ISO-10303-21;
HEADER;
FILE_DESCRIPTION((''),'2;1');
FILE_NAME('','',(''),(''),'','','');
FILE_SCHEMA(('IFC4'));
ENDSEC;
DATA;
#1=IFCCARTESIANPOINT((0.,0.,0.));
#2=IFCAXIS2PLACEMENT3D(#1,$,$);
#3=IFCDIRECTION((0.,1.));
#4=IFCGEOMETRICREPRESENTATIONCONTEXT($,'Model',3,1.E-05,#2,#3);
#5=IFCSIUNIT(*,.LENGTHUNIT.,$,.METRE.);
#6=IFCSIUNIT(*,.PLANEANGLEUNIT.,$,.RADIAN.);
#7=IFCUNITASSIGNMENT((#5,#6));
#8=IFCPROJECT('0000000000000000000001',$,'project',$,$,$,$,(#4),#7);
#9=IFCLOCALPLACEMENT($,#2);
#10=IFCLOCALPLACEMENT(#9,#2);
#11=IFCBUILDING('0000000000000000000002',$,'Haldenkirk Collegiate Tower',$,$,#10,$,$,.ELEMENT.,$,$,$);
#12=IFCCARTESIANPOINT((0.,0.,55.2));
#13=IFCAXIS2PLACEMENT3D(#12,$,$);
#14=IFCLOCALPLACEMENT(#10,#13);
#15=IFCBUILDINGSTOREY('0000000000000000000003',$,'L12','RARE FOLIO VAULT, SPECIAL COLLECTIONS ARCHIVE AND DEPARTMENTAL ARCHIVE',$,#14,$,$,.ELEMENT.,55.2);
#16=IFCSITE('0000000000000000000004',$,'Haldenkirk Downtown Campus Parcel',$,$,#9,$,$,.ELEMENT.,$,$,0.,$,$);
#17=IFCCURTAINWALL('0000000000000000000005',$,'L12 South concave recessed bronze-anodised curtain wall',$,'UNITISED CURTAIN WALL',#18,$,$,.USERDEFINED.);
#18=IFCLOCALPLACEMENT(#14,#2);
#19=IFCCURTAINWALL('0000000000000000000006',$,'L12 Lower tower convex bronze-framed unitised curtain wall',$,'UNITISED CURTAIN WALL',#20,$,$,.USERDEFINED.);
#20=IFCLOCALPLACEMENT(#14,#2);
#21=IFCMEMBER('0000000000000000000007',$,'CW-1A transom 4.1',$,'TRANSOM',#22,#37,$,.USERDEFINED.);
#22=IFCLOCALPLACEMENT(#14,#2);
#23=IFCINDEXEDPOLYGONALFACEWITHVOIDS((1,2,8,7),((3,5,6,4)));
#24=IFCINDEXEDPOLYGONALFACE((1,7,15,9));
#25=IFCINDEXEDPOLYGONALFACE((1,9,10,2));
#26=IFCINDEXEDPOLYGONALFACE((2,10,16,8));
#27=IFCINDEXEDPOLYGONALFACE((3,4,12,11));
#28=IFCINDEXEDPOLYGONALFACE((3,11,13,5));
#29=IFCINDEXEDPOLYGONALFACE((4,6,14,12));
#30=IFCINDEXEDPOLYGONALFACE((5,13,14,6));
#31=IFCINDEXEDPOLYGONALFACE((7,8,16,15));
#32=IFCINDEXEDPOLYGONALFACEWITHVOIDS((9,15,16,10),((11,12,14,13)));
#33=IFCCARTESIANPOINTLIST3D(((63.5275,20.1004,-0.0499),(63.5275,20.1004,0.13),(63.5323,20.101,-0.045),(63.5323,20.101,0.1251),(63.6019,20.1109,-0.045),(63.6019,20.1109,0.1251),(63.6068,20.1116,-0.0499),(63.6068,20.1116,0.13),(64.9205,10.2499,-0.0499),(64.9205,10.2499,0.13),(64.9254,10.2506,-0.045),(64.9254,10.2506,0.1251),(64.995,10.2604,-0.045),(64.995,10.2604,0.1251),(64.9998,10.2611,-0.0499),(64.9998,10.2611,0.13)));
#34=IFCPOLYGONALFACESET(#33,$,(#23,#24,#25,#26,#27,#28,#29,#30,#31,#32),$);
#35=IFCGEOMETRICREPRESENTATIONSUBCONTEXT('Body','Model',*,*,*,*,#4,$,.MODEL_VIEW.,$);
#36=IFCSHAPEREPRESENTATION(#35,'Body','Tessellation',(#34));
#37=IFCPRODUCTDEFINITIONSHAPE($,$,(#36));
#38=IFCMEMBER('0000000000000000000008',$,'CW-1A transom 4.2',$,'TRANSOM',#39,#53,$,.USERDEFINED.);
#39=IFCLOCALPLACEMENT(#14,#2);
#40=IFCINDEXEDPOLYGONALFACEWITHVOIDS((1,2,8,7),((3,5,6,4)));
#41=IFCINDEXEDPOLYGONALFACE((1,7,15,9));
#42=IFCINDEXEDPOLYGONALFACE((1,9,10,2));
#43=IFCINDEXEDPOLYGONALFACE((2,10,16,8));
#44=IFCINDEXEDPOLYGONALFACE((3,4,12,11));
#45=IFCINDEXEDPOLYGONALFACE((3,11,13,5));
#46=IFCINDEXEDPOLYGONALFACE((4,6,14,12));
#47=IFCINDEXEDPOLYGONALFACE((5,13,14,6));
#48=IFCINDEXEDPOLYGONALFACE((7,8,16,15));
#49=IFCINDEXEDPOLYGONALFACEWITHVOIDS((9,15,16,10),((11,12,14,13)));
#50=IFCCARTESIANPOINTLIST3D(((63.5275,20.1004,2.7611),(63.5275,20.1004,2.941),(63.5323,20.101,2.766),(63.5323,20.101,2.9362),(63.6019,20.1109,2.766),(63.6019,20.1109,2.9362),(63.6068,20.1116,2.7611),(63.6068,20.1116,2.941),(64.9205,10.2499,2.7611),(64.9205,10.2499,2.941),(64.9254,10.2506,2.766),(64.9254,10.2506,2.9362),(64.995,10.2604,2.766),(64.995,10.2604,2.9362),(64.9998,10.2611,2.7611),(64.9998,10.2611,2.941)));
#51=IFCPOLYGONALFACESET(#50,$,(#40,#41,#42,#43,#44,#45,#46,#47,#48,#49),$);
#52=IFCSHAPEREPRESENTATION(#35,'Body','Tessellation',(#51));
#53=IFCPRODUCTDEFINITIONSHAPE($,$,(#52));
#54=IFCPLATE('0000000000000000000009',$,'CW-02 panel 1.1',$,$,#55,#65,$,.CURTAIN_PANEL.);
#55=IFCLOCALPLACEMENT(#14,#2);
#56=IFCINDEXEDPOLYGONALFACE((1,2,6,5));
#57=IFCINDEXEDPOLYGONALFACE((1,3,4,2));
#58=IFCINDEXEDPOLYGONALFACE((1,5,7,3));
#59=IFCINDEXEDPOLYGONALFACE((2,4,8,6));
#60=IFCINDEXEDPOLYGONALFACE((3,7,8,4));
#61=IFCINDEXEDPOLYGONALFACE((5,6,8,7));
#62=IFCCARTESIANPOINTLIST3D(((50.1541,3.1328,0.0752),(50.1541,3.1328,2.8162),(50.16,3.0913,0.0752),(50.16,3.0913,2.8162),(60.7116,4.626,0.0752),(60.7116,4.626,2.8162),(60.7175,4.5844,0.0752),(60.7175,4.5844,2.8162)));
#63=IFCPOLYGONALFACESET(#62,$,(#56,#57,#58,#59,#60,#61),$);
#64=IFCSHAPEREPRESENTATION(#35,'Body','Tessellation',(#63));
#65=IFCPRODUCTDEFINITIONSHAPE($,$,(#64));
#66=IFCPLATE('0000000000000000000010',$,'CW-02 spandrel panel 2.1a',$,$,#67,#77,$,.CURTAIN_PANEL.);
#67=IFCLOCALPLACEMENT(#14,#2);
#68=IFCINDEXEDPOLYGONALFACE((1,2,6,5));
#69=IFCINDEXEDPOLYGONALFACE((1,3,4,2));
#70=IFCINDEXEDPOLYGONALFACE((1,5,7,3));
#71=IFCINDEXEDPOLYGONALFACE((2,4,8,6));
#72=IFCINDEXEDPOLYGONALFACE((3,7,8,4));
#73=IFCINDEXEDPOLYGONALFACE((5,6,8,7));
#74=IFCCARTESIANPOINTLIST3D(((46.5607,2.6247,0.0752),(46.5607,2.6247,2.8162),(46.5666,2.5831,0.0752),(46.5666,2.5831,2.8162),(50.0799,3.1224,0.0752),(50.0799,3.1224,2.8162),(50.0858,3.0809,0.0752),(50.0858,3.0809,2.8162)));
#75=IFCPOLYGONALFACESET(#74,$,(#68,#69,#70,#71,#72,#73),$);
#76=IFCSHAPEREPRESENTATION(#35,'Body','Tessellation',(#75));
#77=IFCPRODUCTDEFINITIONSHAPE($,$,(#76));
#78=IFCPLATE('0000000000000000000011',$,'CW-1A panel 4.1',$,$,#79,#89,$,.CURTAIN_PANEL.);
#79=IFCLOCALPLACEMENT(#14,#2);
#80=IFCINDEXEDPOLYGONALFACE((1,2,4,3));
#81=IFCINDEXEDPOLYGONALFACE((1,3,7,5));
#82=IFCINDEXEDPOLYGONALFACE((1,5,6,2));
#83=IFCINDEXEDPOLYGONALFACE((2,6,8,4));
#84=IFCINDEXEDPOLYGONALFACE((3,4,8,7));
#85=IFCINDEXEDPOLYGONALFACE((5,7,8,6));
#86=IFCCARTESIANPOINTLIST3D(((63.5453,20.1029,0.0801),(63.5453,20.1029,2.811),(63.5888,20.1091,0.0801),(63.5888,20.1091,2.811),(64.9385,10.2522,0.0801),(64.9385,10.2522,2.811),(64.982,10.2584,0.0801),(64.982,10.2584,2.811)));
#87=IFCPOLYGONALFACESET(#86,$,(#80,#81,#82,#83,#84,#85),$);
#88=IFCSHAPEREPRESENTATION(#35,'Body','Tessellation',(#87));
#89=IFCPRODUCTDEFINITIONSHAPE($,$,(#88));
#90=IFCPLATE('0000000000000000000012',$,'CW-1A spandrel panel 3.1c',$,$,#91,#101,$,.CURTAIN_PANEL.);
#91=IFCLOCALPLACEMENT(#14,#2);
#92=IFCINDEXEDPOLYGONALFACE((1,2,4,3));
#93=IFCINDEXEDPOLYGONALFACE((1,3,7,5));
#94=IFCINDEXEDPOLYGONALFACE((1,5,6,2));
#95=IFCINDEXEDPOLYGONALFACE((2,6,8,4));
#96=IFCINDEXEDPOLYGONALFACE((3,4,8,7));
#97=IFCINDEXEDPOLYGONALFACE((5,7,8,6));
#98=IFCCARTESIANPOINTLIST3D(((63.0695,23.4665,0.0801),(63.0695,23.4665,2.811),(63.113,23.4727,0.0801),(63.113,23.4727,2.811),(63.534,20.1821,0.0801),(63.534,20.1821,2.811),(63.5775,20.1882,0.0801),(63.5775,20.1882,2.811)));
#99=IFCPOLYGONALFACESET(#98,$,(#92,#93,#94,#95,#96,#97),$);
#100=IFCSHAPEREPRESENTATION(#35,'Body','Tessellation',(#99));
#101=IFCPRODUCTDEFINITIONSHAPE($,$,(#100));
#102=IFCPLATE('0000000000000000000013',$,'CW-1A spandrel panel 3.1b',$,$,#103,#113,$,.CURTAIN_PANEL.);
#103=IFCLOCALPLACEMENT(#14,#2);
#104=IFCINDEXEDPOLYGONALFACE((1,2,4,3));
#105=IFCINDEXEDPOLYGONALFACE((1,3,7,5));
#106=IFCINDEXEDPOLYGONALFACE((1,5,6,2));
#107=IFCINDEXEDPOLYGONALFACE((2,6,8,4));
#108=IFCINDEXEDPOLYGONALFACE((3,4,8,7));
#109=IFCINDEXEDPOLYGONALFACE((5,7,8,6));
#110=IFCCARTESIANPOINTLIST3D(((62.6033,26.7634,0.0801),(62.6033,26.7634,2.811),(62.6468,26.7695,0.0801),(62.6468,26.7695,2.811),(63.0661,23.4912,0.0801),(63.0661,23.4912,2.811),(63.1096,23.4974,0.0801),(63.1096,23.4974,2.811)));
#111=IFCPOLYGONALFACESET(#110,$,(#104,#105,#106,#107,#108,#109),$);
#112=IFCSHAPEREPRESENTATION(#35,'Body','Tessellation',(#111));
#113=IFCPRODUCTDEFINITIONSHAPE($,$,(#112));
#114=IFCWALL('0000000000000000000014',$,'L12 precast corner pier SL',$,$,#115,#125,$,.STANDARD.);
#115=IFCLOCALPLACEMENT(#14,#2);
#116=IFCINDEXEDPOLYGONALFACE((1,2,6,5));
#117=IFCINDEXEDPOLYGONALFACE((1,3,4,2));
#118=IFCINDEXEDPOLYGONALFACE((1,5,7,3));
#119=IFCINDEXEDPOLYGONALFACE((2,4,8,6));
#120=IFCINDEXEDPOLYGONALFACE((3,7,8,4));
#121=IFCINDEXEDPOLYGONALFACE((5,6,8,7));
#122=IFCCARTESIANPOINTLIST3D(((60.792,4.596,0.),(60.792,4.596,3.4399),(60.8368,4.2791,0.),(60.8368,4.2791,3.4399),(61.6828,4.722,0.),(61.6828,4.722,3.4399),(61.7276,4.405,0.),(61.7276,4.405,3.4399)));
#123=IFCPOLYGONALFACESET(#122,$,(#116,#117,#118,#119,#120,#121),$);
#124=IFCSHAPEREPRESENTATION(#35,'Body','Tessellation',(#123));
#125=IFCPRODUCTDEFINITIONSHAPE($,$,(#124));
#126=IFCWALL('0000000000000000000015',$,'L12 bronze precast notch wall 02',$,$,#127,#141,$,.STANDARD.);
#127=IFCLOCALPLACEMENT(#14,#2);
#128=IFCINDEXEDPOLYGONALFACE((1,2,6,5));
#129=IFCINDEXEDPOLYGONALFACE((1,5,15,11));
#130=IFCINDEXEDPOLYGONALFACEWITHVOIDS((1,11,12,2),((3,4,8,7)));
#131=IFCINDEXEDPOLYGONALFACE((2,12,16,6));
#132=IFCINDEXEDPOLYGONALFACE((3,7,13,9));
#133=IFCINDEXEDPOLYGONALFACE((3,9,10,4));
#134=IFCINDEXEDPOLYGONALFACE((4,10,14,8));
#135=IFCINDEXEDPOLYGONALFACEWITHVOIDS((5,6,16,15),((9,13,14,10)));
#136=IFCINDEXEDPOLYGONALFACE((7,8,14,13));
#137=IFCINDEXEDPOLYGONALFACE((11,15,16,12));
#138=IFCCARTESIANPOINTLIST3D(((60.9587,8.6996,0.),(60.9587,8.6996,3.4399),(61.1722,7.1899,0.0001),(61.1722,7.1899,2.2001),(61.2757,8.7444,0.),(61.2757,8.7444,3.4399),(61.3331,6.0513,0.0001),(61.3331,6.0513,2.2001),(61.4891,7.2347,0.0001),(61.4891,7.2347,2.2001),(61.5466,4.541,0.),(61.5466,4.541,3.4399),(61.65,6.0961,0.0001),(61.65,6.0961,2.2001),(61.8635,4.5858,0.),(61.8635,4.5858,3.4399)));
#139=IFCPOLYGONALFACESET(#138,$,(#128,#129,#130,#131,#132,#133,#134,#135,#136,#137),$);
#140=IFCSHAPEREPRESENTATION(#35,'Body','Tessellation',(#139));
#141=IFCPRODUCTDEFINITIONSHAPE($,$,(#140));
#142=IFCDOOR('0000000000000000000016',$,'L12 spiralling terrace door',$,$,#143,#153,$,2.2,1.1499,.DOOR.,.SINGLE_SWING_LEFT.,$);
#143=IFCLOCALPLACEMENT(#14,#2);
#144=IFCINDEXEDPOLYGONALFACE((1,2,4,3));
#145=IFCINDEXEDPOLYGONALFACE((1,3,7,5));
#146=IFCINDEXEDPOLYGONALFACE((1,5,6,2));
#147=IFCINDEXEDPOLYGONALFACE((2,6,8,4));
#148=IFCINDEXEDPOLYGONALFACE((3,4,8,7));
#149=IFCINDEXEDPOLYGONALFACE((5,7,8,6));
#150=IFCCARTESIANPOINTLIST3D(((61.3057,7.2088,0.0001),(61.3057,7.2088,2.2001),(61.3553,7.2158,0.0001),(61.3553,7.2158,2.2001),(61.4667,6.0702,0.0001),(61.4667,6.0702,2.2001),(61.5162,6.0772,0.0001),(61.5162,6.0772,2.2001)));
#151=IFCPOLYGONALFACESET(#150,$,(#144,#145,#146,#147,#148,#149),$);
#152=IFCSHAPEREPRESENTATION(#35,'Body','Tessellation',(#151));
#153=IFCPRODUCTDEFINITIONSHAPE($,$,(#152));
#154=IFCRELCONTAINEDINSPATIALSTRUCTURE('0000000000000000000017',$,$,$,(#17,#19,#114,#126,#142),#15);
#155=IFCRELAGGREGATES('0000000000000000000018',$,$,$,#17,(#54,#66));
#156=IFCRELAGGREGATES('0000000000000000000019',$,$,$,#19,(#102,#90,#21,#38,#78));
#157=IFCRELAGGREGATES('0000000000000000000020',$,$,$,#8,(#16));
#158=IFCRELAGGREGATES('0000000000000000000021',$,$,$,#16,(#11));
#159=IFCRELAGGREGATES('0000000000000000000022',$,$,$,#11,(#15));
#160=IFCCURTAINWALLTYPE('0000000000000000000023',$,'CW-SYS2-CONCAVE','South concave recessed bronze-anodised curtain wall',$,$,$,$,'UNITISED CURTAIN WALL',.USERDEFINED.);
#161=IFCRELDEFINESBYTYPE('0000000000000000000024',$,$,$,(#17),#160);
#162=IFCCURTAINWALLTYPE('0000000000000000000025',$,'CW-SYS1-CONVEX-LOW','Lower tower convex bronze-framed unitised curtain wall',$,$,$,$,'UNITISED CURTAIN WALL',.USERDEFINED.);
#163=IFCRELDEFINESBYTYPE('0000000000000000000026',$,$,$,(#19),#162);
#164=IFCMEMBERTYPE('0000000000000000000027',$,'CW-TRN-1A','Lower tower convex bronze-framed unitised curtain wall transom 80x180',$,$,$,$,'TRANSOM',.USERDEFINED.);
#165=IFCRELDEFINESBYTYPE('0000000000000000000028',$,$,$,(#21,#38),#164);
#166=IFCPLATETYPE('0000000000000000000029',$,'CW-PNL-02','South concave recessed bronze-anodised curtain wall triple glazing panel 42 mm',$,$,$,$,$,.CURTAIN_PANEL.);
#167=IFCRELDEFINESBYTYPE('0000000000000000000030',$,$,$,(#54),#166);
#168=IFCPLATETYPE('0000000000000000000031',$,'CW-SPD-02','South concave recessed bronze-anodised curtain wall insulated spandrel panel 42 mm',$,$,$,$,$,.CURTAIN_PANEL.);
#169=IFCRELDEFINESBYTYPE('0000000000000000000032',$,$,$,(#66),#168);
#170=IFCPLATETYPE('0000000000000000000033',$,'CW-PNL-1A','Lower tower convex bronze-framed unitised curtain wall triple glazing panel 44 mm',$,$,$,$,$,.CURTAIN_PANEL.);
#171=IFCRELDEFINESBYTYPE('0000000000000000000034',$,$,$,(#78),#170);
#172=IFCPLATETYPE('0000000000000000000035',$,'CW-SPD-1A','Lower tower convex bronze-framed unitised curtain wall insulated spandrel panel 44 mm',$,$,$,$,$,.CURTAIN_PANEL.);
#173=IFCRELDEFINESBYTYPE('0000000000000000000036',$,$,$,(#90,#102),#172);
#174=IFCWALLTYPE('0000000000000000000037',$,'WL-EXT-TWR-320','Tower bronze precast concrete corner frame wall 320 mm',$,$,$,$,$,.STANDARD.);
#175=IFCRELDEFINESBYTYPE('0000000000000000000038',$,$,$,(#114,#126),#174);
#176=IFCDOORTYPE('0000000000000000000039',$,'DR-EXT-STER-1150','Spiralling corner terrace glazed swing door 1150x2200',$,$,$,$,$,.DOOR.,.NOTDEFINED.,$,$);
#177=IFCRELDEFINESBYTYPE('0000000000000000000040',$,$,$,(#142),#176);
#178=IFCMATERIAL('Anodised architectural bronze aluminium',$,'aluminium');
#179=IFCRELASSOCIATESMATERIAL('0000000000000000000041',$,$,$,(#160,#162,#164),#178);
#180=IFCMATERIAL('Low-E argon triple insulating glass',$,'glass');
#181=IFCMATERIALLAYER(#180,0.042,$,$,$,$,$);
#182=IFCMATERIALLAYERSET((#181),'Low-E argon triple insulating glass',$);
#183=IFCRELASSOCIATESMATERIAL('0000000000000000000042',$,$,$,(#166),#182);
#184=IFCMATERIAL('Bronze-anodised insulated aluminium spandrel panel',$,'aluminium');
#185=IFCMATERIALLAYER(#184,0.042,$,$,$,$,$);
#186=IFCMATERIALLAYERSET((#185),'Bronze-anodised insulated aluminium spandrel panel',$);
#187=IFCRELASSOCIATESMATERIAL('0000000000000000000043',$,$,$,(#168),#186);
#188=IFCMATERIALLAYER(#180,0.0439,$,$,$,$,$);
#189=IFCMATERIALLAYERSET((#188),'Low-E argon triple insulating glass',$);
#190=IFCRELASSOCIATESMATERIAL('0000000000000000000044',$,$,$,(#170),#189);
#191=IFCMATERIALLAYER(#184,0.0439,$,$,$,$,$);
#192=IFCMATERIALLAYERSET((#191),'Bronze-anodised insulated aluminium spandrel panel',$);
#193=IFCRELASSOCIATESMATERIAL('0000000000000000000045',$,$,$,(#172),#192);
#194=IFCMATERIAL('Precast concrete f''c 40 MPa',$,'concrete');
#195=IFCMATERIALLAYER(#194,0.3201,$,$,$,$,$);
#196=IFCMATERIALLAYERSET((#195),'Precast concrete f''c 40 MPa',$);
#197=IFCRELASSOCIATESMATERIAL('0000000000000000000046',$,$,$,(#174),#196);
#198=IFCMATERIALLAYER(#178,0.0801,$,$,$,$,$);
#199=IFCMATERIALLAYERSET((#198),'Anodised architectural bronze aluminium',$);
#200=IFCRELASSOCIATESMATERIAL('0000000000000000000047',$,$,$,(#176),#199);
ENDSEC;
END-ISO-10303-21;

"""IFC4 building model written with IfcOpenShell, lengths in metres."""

from ifc_helpers import new_model, si_unit, direction, frame, frame_2d, origin, origin_2d, place, context, subcontext, project, spatial, rectangle, hollow_rectangle, extrude, source, transform, mapped, material, layer, layer_set, material_profile, profile_set, type_object, element, fill, aggregate, save


model = new_model("IFC4")

# Units and contexts
model_context = context("Model", 3, precision=1e-05, world=origin(), true_north=direction((0.0, 1.0)))
body_context = subcontext(model_context, "Body", "Model", "MODEL_VIEW")
ifc_project = project(units=[si_unit("LENGTHUNIT", "METRE"), si_unit("PLANEANGLEUNIT", "RADIAN")], contexts=[model_context])

# Site, building, storey
site_placement = place(None, origin())
site = spatial("IfcSite", under=ifc_project, at=site_placement, Name="Haldenkirk Downtown Campus Parcel", CompositionType="ELEMENT", RefElevation=0.0)
building_placement = place(site_placement, origin())
building = spatial("IfcBuilding", under=site, at=building_placement, Name="Haldenkirk Collegiate Tower", CompositionType="ELEMENT")
storey_placement = place(building_placement, frame((0.0, 0.0, 55.2)))
storey = spatial("IfcBuildingStorey", under=building, at=storey_placement, Name="L12", Description="RARE FOLIO VAULT, SPECIAL COLLECTIONS ARCHIVE AND DEPARTMENTAL ARCHIVE", CompositionType="ELEMENT", Elevation=55.2)

# Curtain walls
ifc_material_1 = material(Name="Anodised architectural bronze aluminium", Category="aluminium")
curtain_wall_type_1 = type_object("IfcCurtainWallType", Name="CW-SYS2-CONCAVE", Description="South concave recessed bronze-anodised curtain wall", ElementType="UNITISED CURTAIN WALL", PredefinedType="USERDEFINED", material=ifc_material_1)
curtain_wall_1_placement = place(storey_placement, origin())
curtain_wall_1 = element("IfcCurtainWall", 1, at=curtain_wall_1_placement, inside=storey, type_object=curtain_wall_type_1, Name="L12 South concave recessed bronze-anodised curtain wall", ObjectType="UNITISED CURTAIN WALL", PredefinedType="USERDEFINED")
curtain_wall_type_2 = type_object("IfcCurtainWallType", Name="CW-SYS1-CONVEX-LOW", Description="Lower tower convex bronze-framed unitised curtain wall", ElementType="UNITISED CURTAIN WALL", PredefinedType="USERDEFINED", material=ifc_material_1)
curtain_wall_2_placement = place(storey_placement, origin())
curtain_wall_2 = element("IfcCurtainWall", 2, at=curtain_wall_2_placement, inside=storey, type_object=curtain_wall_type_2, Name="L12 Lower tower convex bronze-framed unitised curtain wall", ObjectType="UNITISED CURTAIN WALL", PredefinedType="USERDEFINED")

# Members
ifc_material_profile_1 = material_profile(ifc_material_1, hollow_rectangle(XDim=0.0801, YDim=0.1799, WallThickness=0.0049, at=origin_2d()), Name="CW-TRN-1A")
ifc_profile_set_1 = profile_set([ifc_material_profile_1], Name="Anodised architectural bronze aluminium")
member_type_1 = type_object("IfcMemberType", Name="CW-TRN-1A", Description="Lower tower convex bronze-framed unitised curtain wall transom 80x180", ElementType="TRANSOM", PredefinedType="USERDEFINED", material=ifc_profile_set_1)
member_1_placement = place(storey_placement, frame((63.5671, 20.106, 0.04), z_axis=(0.140026, -0.990148, 0.0), x_axis=(0.990148, 0.140026, 0.0)))
member_1 = element("IfcMember", 3, at=member_1_placement, type_object=member_type_1, Name="CW-1A transom 4.1", ObjectType="TRANSOM", PredefinedType="USERDEFINED", context=body_context, shape_type="SweptSolid", body=[
    extrude(hollow_rectangle(XDim=0.0801, YDim=0.1799, WallThickness=0.0049, at=origin_2d()), origin(), (0.0, 0.0, 1.0), 9.9485),
])
member_2_placement = place(storey_placement, frame((63.5671, 20.106, 2.8511), z_axis=(0.140026, -0.990148, 0.0), x_axis=(0.990148, 0.140026, 0.0)))
member_2 = element("IfcMember", 4, at=member_2_placement, type_object=member_type_1, Name="CW-1A transom 4.2", ObjectType="TRANSOM", PredefinedType="USERDEFINED", context=body_context, shape_type="SweptSolid", body=[
    extrude(hollow_rectangle(XDim=0.0801, YDim=0.1799, WallThickness=0.0049, at=origin_2d()), origin(), (0.0, 0.0, 1.0), 9.9485),
])

# Plates
ifc_material_2 = material(Name="Low-E argon triple insulating glass", Category="glass")
ifc_layer_1 = layer(ifc_material_2, 0.042)
ifc_layer_set_1 = layer_set([ifc_layer_1], Name="Low-E argon triple insulating glass")
plate_type_1 = type_object("IfcPlateType", Name="CW-PNL-02", Description="South concave recessed bronze-anodised curtain wall triple glazing panel 42 mm", PredefinedType="CURTAIN_PANEL", material=ifc_layer_set_1)
shared_shape_1 = source(origin(), body_context, "Body", "SweptSolid", [
    extrude(rectangle(XDim=10.6626, YDim=0.042, at=origin_2d()), origin(), (0.0, 0.0, 1.0), 2.741),
])
plate_1_placement = place(storey_placement, frame((55.4358, 3.8586, 0.0752), z_axis=(0.0, 0.0, 1.0), x_axis=(-0.990146, -0.140039, 0.0)))
plate_1 = element("IfcPlate", 5, at=plate_1_placement, type_object=plate_type_1, Name="CW-02 panel 1.1", PredefinedType="CURTAIN_PANEL", context=body_context, shape_type="MappedRepresentation", body=[
    mapped(shared_shape_1, transform((0.0, 0.0, 0.0), x_axis=(1.0, 0.0, 0.0), y_axis=(0.0, 1.0, 0.0), z_axis=(0.0, 0.0, 1.0), scale=1.0)),
])
ifc_material_3 = material(Name="Bronze-anodised insulated aluminium spandrel panel", Category="aluminium")
ifc_layer_2 = layer(ifc_material_3, 0.042)
ifc_layer_set_2 = layer_set([ifc_layer_2], Name="Bronze-anodised insulated aluminium spandrel panel")
plate_type_2 = type_object("IfcPlateType", Name="CW-SPD-02", Description="South concave recessed bronze-anodised curtain wall insulated spandrel panel 42 mm", PredefinedType="CURTAIN_PANEL", material=ifc_layer_set_2)
shared_shape_2 = source(origin(), body_context, "Body", "SweptSolid", [
    extrude(rectangle(XDim=3.5542, YDim=0.042, at=origin_2d()), origin(), (0.0, 0.0, 1.0), 2.741),
])
plate_2_placement = place(storey_placement, frame((48.3232, 2.8528, 0.0752), z_axis=(0.0, 0.0, 1.0), x_axis=(-0.990146, -0.140039, 0.0)))
plate_2 = element("IfcPlate", 6, at=plate_2_placement, type_object=plate_type_2, Name="CW-02 spandrel panel 2.1a", PredefinedType="CURTAIN_PANEL", context=body_context, shape_type="MappedRepresentation", body=[
    mapped(shared_shape_2, transform((0.0, 0.0, 0.0), x_axis=(1.0, 0.0, 0.0), y_axis=(0.0, 1.0, 0.0), z_axis=(0.0, 0.0, 1.0), scale=1.0)),
])
aggregate(curtain_wall_1, [plate_1, plate_2])
ifc_layer_3 = layer(ifc_material_2, 0.0439)
ifc_layer_set_3 = layer_set([ifc_layer_3], Name="Low-E argon triple insulating glass")
plate_type_3 = type_object("IfcPlateType", Name="CW-PNL-1A", Description="Lower tower convex bronze-framed unitised curtain wall triple glazing panel 44 mm", PredefinedType="CURTAIN_PANEL", material=ifc_layer_set_3)
shared_shape_3 = source(origin(), body_context, "Body", "SweptSolid", [
    extrude(rectangle(XDim=9.9487, YDim=0.0439, at=origin_2d()), origin(), (0.0, 0.0, 1.0), 2.731),
])
plate_3_placement = place(storey_placement, frame((64.2637, 15.1807, 0.0801), z_axis=(0.0, 0.0, 1.0), x_axis=(0.140039, -0.990146, 0.0)))
plate_3 = element("IfcPlate", 7, at=plate_3_placement, type_object=plate_type_3, Name="CW-1A panel 4.1", PredefinedType="CURTAIN_PANEL", context=body_context, shape_type="MappedRepresentation", body=[
    mapped(shared_shape_3, transform((0.0, 0.0, 0.0), x_axis=(1.0, 0.0, 0.0), y_axis=(0.0, 1.0, 0.0), z_axis=(0.0, 0.0, 1.0), scale=1.0)),
])
ifc_layer_4 = layer(ifc_material_3, 0.0439)
ifc_layer_set_4 = layer_set([ifc_layer_4], Name="Bronze-anodised insulated aluminium spandrel panel")
plate_type_4 = type_object("IfcPlateType", Name="CW-SPD-1A", Description="Lower tower convex bronze-framed unitised curtain wall insulated spandrel panel 44 mm", PredefinedType="CURTAIN_PANEL", material=ifc_layer_set_4)
shared_shape_4 = source(origin(), body_context, "Body", "SweptSolid", [
    extrude(rectangle(XDim=3.3171, YDim=0.0439, at=origin_2d()), origin(), (0.0, 0.0, 1.0), 2.731),
])
plate_4_placement = place(storey_placement, frame((63.3235, 21.8274, 0.0801), z_axis=(0.0, 0.0, 1.0), x_axis=(0.140039, -0.990146, 0.0)))
plate_4 = element("IfcPlate", 8, at=plate_4_placement, type_object=plate_type_4, Name="CW-1A spandrel panel 3.1c", PredefinedType="CURTAIN_PANEL", context=body_context, shape_type="MappedRepresentation", body=[
    mapped(shared_shape_4, transform((0.0, 0.0, 0.0), x_axis=(1.0, 0.0, 0.0), y_axis=(0.0, 1.0, 0.0), z_axis=(0.0, 0.0, 1.0), scale=1.0)),
])
shared_shape_5 = source(origin(), body_context, "Body", "SweptSolid", [
    extrude(rectangle(XDim=3.3047, YDim=0.0439, at=origin_2d()), origin(), (0.0, 0.0, 1.0), 2.731),
])
plate_5_placement = place(storey_placement, frame((62.8564, 25.1304, 0.0801), z_axis=(0.0, 0.0, 1.0), x_axis=(0.140039, -0.990146, 0.0)))
plate_5 = element("IfcPlate", 9, at=plate_5_placement, type_object=plate_type_4, Name="CW-1A spandrel panel 3.1b", PredefinedType="CURTAIN_PANEL", context=body_context, shape_type="MappedRepresentation", body=[
    mapped(shared_shape_5, transform((0.0, 0.0, 0.0), x_axis=(1.0, 0.0, 0.0), y_axis=(0.0, 1.0, 0.0), z_axis=(0.0, 0.0, 1.0), scale=1.0)),
])
aggregate(curtain_wall_2, [plate_5, plate_4, member_1, member_2, plate_3])

# Wall
ifc_material_4 = material(Name="Precast concrete f'c 40 MPa", Category="concrete")
ifc_layer_5 = layer(ifc_material_4, 0.3201)
ifc_layer_set_5 = layer_set([ifc_layer_5], Name="Precast concrete f'c 40 MPa")
wall_type_1 = type_object("IfcWallType", Name="WL-EXT-TWR-320", Description="Tower bronze precast concrete corner frame wall 320 mm", PredefinedType="STANDARD", material=ifc_layer_set_5)
wall_1_placement = place(storey_placement, frame((61.7051, 4.5635, 0.0), z_axis=(0.0, 0.0, 1.0), x_axis=(-0.990149, -0.140016, 0.0)))
element("IfcWall", 10, at=wall_1_placement, inside=storey, type_object=wall_type_1, Name="L12 precast corner pier SL", PredefinedType="STANDARD", context=body_context, shape_type="SweptSolid", body=[
    extrude(rectangle(XDim=0.8997, YDim=0.3201, at=frame_2d((0.4497, 0.0))), origin(), (0.0, 0.0, 1.0), 3.4399),
])

# Wall, opening, door
wall_2_placement = place(storey_placement, frame((61.1172, 8.7222, 0.0), z_axis=(0.0, 0.0, 1.0), x_axis=(0.139973, -0.990155, 0.0)))
wall_2 = element("IfcWall", 11, at=wall_2_placement, inside=storey, type_object=wall_type_1, Name="L12 bronze precast notch wall 02", PredefinedType="STANDARD", context=body_context, shape_type="SweptSolid", body=[
    extrude(rectangle(XDim=4.2, YDim=0.3201, at=frame_2d((2.1001, 0.0))), origin(), (0.0, 0.0, 1.0), 3.4399),
])
opening_1_placement = place(wall_2_placement, frame((1.5249, 0.0, 0.0)))
opening_1 = element("IfcOpeningElement", 12, at=opening_1_placement, cuts=wall_2, PredefinedType="OPENING", context=body_context, shape_type="SweptSolid", body=[
    extrude(rectangle(XDim=1.1499, YDim=2.2, at=frame_2d((0.575, 1.1001))), frame((0.0, 0.1699, 0.0), z_axis=(0.0, -1.0, 0.0), x_axis=(1.0, 0.0, 0.0)), (0.0, 0.0, 1.0), 0.3401),
])
ifc_layer_6 = layer(ifc_material_1, 0.0801)
ifc_layer_set_6 = layer_set([ifc_layer_6], Name="Anodised architectural bronze aluminium")
door_type = type_object("IfcDoorType", Name="DR-EXT-STER-1150", Description="Spiralling corner terrace glazed swing door 1150x2200", OperationType="NOTDEFINED", PredefinedType="DOOR", material=ifc_layer_set_6)
door_placement = place(opening_1_placement, origin())
door = element("IfcDoor", 13, at=door_placement, inside=storey, type_object=door_type, Name="L12 spiralling terrace door", OperationType="SINGLE_SWING_LEFT", OverallHeight=2.2, OverallWidth=1.1499, PredefinedType="DOOR", context=body_context, shape_type="SweptSolid", body=[
    extrude(rectangle(XDim=1.1499, YDim=2.2, at=frame_2d((0.575, 1.1001))), frame((0.0, 0.0249, 0.0), z_axis=(0.0, -1.0, 0.0), x_axis=(1.0, 0.0, 0.0)), (0.0, 0.0, 1.0), 0.05),
])
fill(opening_1, door)

save(model, "model.ifc")
